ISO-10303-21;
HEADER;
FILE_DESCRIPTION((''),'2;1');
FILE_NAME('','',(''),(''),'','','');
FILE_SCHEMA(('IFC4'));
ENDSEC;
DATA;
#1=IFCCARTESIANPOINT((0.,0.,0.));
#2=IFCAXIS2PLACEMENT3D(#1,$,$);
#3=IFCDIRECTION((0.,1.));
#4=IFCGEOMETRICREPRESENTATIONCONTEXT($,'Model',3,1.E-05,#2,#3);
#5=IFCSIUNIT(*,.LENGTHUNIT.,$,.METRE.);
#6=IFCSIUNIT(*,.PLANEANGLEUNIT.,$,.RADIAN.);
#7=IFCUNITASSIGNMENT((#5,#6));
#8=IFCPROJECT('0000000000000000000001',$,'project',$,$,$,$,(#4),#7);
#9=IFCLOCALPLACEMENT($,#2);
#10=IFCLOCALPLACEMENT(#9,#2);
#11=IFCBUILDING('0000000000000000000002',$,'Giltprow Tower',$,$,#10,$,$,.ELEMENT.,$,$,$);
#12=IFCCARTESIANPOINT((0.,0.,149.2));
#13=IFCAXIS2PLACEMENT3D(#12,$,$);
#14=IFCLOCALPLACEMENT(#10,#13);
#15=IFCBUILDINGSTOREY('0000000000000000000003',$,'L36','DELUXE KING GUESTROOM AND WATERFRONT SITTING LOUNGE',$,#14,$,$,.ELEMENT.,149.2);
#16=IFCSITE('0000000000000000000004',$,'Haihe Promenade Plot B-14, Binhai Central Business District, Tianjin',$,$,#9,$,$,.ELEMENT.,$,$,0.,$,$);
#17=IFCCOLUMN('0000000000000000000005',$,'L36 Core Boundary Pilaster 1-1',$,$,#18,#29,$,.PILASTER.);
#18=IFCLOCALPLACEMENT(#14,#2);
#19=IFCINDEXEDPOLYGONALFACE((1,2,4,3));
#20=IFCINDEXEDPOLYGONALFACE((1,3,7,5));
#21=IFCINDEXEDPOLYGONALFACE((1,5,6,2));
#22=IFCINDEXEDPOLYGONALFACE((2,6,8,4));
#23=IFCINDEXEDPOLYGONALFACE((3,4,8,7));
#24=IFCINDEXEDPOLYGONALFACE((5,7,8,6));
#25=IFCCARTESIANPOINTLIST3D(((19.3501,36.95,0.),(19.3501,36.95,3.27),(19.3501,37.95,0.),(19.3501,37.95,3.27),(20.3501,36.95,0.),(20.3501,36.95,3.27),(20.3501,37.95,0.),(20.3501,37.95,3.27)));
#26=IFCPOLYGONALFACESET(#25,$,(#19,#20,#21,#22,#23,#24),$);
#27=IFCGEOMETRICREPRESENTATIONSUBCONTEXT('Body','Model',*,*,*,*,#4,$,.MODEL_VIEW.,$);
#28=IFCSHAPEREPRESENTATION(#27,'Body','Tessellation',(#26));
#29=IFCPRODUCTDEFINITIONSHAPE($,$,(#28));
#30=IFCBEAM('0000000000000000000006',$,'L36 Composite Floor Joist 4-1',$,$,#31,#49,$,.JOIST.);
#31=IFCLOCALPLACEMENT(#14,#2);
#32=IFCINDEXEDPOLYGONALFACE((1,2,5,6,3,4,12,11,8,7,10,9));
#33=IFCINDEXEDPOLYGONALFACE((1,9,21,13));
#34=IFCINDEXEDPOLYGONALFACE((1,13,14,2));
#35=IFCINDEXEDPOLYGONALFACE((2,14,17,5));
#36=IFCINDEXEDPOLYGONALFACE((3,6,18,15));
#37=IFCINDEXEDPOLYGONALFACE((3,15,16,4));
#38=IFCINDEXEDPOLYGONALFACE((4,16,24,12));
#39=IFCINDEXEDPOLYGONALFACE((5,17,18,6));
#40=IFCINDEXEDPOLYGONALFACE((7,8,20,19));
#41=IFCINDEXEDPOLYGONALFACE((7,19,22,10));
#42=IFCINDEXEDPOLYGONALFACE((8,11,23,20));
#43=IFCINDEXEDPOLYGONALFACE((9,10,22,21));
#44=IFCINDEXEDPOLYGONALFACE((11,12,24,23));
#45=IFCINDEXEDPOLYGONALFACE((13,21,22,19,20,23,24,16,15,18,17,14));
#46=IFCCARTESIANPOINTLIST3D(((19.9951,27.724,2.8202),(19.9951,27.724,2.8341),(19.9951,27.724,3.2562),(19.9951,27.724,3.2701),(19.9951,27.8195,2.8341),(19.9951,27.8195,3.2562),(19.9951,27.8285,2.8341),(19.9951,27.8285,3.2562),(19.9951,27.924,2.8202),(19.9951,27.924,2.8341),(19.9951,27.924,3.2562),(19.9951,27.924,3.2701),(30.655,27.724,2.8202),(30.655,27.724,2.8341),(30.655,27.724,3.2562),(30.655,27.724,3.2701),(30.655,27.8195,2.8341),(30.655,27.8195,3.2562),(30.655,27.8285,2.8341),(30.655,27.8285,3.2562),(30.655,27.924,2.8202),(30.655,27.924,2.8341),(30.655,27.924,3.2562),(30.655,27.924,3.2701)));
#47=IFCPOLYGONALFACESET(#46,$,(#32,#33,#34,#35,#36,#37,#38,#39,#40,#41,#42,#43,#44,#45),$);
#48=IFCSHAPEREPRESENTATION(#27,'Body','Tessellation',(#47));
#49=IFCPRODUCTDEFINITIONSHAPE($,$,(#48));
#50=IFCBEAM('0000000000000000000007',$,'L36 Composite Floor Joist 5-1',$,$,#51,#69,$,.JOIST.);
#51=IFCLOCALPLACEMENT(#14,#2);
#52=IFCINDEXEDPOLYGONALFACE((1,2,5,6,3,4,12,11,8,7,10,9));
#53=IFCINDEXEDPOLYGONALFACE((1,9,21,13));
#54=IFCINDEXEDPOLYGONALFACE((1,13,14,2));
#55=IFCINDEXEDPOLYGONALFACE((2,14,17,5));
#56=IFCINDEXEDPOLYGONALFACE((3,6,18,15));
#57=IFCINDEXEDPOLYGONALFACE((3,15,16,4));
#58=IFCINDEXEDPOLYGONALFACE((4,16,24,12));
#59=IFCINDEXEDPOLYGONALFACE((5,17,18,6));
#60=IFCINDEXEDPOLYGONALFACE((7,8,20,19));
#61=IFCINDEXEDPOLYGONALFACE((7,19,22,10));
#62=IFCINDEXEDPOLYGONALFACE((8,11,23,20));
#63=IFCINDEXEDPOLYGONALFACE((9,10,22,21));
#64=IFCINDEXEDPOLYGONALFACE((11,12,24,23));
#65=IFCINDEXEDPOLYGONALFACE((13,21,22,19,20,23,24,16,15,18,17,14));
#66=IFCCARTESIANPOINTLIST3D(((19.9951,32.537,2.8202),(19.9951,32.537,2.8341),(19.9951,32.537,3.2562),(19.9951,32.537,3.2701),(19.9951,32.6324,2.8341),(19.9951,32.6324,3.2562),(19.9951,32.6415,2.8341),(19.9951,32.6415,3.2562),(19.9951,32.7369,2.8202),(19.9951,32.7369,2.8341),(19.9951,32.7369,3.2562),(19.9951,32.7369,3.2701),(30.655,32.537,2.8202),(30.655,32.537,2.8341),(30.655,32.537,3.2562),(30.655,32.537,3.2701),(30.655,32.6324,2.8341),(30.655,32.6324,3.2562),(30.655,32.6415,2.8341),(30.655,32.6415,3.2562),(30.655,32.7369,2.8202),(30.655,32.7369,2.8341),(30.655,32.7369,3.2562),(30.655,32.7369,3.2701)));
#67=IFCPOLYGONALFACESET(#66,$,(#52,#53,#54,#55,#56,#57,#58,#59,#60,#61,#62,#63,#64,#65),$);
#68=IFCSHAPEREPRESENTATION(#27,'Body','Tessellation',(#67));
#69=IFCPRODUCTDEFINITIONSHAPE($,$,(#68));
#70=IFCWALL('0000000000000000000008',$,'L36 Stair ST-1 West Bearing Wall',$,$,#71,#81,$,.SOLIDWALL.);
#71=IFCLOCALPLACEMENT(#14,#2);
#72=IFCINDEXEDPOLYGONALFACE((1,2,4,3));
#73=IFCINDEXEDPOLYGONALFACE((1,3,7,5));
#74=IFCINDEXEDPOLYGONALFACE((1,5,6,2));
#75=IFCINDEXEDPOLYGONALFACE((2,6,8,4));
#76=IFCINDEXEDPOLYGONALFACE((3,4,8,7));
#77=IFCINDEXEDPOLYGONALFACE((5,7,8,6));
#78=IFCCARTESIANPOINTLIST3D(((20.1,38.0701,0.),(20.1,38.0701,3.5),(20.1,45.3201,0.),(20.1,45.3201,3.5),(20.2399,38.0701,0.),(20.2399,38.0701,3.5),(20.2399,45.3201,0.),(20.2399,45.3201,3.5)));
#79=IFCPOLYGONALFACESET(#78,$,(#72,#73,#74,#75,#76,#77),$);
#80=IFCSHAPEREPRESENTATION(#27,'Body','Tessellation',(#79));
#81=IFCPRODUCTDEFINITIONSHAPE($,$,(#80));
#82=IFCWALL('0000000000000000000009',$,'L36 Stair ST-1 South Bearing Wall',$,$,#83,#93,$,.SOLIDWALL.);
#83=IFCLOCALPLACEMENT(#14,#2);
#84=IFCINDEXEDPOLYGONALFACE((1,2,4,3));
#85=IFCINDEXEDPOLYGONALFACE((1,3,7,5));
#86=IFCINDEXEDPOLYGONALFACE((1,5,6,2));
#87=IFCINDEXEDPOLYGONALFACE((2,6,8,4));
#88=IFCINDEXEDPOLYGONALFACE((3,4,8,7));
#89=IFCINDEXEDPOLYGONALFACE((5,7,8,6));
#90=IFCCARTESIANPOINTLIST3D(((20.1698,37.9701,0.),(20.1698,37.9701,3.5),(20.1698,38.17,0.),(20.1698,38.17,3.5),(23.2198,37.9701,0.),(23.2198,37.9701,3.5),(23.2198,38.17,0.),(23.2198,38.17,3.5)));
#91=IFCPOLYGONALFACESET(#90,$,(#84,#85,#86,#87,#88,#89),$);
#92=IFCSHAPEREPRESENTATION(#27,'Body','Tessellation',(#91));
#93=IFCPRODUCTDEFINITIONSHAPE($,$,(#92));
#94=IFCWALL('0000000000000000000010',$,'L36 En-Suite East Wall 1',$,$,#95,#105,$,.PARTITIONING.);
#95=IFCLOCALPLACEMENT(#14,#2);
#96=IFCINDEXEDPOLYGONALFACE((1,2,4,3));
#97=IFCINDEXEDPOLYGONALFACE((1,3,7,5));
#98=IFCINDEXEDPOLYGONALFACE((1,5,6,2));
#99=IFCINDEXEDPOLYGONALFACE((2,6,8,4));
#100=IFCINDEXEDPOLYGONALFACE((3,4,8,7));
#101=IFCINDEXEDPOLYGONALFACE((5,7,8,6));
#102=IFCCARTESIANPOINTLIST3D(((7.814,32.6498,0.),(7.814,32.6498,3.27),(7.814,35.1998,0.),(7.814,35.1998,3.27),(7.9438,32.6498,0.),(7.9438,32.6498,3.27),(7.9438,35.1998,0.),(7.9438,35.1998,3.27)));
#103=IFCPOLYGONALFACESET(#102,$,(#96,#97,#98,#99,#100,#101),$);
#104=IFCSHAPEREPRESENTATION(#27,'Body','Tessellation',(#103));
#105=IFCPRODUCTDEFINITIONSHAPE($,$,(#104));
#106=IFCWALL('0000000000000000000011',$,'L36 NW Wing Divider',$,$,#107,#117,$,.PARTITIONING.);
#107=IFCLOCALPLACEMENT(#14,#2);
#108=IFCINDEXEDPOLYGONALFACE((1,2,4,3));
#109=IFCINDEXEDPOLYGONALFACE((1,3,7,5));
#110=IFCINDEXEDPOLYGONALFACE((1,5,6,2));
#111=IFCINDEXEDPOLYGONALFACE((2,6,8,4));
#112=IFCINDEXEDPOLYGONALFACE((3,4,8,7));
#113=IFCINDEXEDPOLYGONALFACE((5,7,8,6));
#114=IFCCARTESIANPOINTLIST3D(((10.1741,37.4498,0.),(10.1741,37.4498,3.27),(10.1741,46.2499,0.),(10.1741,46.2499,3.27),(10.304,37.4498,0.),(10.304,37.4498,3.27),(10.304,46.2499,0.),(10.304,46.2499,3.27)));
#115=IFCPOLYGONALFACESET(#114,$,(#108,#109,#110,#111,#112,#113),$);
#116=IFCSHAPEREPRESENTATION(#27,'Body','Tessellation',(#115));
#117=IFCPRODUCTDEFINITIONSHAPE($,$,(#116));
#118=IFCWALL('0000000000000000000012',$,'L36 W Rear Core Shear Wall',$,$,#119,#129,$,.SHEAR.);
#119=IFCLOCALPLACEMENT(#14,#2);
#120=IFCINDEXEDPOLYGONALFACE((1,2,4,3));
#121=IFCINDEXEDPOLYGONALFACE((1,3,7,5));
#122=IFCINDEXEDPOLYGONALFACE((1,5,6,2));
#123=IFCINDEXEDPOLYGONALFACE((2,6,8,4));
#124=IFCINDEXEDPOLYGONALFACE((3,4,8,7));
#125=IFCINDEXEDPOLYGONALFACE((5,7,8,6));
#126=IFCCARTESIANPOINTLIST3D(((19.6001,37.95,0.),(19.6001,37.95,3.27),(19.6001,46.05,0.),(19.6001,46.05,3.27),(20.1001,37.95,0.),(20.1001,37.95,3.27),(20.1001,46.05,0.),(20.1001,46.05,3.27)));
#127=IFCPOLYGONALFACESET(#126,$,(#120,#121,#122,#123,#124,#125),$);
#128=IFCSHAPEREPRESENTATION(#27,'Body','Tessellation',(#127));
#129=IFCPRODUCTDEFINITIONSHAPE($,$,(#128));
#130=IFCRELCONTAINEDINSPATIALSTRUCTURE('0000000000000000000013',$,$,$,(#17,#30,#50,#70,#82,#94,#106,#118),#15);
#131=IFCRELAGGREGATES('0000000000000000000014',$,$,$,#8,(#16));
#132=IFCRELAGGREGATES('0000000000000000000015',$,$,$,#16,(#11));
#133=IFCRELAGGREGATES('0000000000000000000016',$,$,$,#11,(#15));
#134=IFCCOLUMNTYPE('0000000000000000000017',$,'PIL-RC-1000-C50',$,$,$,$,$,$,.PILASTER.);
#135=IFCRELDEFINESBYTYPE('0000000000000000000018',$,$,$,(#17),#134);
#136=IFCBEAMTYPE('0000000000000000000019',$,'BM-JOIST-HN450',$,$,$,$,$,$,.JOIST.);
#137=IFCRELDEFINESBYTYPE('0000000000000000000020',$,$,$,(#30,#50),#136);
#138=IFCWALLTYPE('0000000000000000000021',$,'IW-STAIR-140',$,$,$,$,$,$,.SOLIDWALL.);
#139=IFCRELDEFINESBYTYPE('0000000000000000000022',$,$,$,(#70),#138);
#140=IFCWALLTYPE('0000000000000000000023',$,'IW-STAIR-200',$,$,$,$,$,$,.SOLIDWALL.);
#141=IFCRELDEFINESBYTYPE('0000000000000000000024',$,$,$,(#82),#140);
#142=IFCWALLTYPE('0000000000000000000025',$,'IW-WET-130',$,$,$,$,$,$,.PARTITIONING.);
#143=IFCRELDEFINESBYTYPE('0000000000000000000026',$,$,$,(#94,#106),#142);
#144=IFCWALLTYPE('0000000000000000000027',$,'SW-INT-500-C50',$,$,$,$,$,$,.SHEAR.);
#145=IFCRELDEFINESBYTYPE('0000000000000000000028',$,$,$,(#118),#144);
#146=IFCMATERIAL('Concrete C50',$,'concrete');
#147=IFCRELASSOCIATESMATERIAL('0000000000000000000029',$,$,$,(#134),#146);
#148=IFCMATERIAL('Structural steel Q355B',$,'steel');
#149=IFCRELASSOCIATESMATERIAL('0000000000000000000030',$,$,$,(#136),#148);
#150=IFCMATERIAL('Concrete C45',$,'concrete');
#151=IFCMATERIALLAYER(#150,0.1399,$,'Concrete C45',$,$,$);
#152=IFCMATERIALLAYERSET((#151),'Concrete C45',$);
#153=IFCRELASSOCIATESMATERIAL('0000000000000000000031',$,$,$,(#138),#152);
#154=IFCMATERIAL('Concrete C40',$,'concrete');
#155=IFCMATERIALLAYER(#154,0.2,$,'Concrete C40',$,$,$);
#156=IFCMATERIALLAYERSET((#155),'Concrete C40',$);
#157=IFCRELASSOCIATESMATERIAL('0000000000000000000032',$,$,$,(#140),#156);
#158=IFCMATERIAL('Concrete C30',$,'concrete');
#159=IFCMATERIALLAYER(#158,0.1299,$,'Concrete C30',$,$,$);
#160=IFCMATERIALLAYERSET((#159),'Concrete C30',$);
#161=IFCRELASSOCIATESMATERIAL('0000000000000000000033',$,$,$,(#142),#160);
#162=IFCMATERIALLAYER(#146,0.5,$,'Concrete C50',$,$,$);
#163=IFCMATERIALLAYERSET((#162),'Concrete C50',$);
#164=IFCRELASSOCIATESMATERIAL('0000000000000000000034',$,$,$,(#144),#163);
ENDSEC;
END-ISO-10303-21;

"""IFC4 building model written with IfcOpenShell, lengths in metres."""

from ifc_helpers import new_model, si_unit, direction, frame, frame_2d, origin, origin_2d, place, context, subcontext, project, spatial, rectangle, i_section, extrude, source, transform, mapped, material, layer, layer_set, material_profile, profile_set, type_object, element, save


model = new_model("IFC4")

# Units and contexts
model_context = context("Model", 3, precision=1e-05, world=origin(), true_north=direction((0.0, 1.0)))
body_context = subcontext(model_context, "Body", "Model", "MODEL_VIEW")
ifc_project = project(units=[si_unit("LENGTHUNIT", "METRE"), si_unit("PLANEANGLEUNIT", "RADIAN")], contexts=[model_context])

# Site, building, storey
site_placement = place(None, origin())
site = spatial("IfcSite", under=ifc_project, at=site_placement, Name="Haihe Promenade Plot B-14, Binhai Central Business District, Tianjin", CompositionType="ELEMENT", RefElevation=0.0)
building_placement = place(site_placement, origin())
building = spatial("IfcBuilding", under=site, at=building_placement, Name="Giltprow Tower", CompositionType="ELEMENT")
storey_placement = place(building_placement, frame((0.0, 0.0, 149.2)))
storey = spatial("IfcBuildingStorey", under=building, at=storey_placement, Name="L36", Description="DELUXE KING GUESTROOM AND WATERFRONT SITTING LOUNGE", CompositionType="ELEMENT", Elevation=149.2)

# Column
ifc_material_1 = material(Name="Concrete C50", Category="concrete")
ifc_material_profile_1 = material_profile(ifc_material_1, rectangle(XDim=1.0, YDim=1.0, at=origin_2d()), Name="RC 1000x1000")
ifc_profile_set_1 = profile_set([ifc_material_profile_1], Name="Concrete C50")
column_type = type_object("IfcColumnType", Name="PIL-RC-1000-C50", PredefinedType="PILASTER", material=ifc_profile_set_1)
shared_shape_1 = source(origin(), body_context, "Body", "SweptSolid", [
    extrude(rectangle(XDim=1.0, YDim=1.0, at=origin_2d()), origin(), (0.0, 0.0, 1.0), 3.27),
])
column_placement = place(storey_placement, frame((19.8501, 37.45, 0.0), z_axis=(0.0, 0.0, 1.0), x_axis=(1.0, 0.0, 0.0)))
element("IfcColumn", 1, at=column_placement, inside=storey, type_object=column_type, Name="L36 Core Boundary Pilaster 1-1", PredefinedType="PILASTER", context=body_context, shape_type="MappedRepresentation", body=[
    mapped(shared_shape_1, transform((0.0, 0.0, 0.0), x_axis=(1.0, 0.0, 0.0), y_axis=(0.0, 1.0, 0.0), z_axis=(0.0, 0.0, 1.0), scale=1.0)),
])

# Beams
ifc_material_2 = material(Name="Structural steel Q355B", Category="steel")
ifc_material_profile_2 = material_profile(ifc_material_2, i_section(OverallWidth=0.2, OverallDepth=0.45, WebThickness=0.009, FlangeThickness=0.0139, at=origin_2d()), Name="HN 450x200x9x14")
ifc_profile_set_2 = profile_set([ifc_material_profile_2], Name="Structural steel Q355B")
beam_type = type_object("IfcBeamType", Name="BM-JOIST-HN450", PredefinedType="JOIST", material=ifc_profile_set_2)
shared_shape_2 = source(origin(), body_context, "Body", "SweptSolid", [
    extrude(i_section(OverallWidth=0.2, OverallDepth=0.45, WebThickness=0.009, FlangeThickness=0.0139, at=origin_2d()), origin(), (0.0, 0.0, 1.0), 10.6599),
])
for number, where, z_axis, x_axis, name in (
    (2, (19.9951, 27.824, 3.0452), (1.0, 0.0, 0.0), (0.0, 1.0, 0.0), "L36 Composite Floor Joist 4-1"),
    (3, (19.9951, 32.637, 3.0452), (1.0, 0.0, 0.0), (0.0, 1.0, 0.0), "L36 Composite Floor Joist 5-1"),
):
    element("IfcBeam", number, at=place(storey_placement, frame(where, z_axis=z_axis, x_axis=x_axis)), inside=storey, type_object=beam_type, Name=name, PredefinedType="JOIST", context=body_context, shape_type="MappedRepresentation", body=[
        mapped(shared_shape_2, transform((0.0, 0.0, 0.0), x_axis=(1.0, 0.0, 0.0), y_axis=(0.0, 1.0, 0.0), z_axis=(0.0, 0.0, 1.0), scale=1.0)),
    ])

# Walls
ifc_material_3 = material(Name="Concrete C45", Category="concrete")
ifc_layer_1 = layer(ifc_material_3, 0.1399, Name="Concrete C45")
ifc_layer_set_1 = layer_set([ifc_layer_1], Name="Concrete C45")
wall_type_1 = type_object("IfcWallType", Name="IW-STAIR-140", PredefinedType="SOLIDWALL", material=ifc_layer_set_1)
wall_1_placement = place(storey_placement, frame((20.1699, 38.0701, 0.0), z_axis=(0.0, 0.0, 1.0), x_axis=(0.0, 1.0, 0.0)))
element("IfcWall", 4, at=wall_1_placement, inside=storey, type_object=wall_type_1, Name="L36 Stair ST-1 West Bearing Wall", PredefinedType="SOLIDWALL", context=body_context, shape_type="SweptSolid", body=[
    extrude(rectangle(XDim=7.25, YDim=0.1399, at=frame_2d((3.625, 0.0))), origin(), (0.0, 0.0, 1.0), 3.5),
])
ifc_material_4 = material(Name="Concrete C40", Category="concrete")
ifc_layer_2 = layer(ifc_material_4, 0.2, Name="Concrete C40")
ifc_layer_set_2 = layer_set([ifc_layer_2], Name="Concrete C40")
wall_type_2 = type_object("IfcWallType", Name="IW-STAIR-200", PredefinedType="SOLIDWALL", material=ifc_layer_set_2)
wall_2_placement = place(storey_placement, frame((20.1699, 38.0701, 0.0), z_axis=(0.0, 0.0, 1.0), x_axis=(1.0, 0.0, 0.0)))
element("IfcWall", 5, at=wall_2_placement, inside=storey, type_object=wall_type_2, Name="L36 Stair ST-1 South Bearing Wall", PredefinedType="SOLIDWALL", context=body_context, shape_type="SweptSolid", body=[
    extrude(rectangle(XDim=3.05, YDim=0.2, at=frame_2d((1.5249, 0.0))), origin(), (0.0, 0.0, 1.0), 3.5),
])
ifc_material_5 = material(Name="Concrete C30", Category="concrete")
ifc_layer_3 = layer(ifc_material_5, 0.1299, Name="Concrete C30")
ifc_layer_set_3 = layer_set([ifc_layer_3], Name="Concrete C30")
wall_type_3 = type_object("IfcWallType", Name="IW-WET-130", PredefinedType="PARTITIONING", material=ifc_layer_set_3)
wall_3_placement = place(storey_placement, frame((7.8789, 32.6499, 0.0), z_axis=(0.0, 0.0, 1.0), x_axis=(0.0, 1.0, 0.0)))
element("IfcWall", 6, at=wall_3_placement, inside=storey, type_object=wall_type_3, Name="L36 En-Suite East Wall 1", PredefinedType="PARTITIONING", context=body_context, shape_type="SweptSolid", body=[
    extrude(rectangle(XDim=2.55, YDim=0.1299, at=frame_2d((1.2749, 0.0))), origin(), (0.0, 0.0, 1.0), 3.27),
])
wall_4_placement = place(storey_placement, frame((10.239, 37.45, 0.0), z_axis=(0.0, 0.0, 1.0), x_axis=(0.0, 1.0, 0.0)))
element("IfcWall", 7, at=wall_4_placement, inside=storey, type_object=wall_type_3, Name="L36 NW Wing Divider", PredefinedType="PARTITIONING", context=body_context, shape_type="SweptSolid", body=[
    extrude(rectangle(XDim=8.8, YDim=0.1299, at=frame_2d((4.3999, 0.0))), origin(), (0.0, 0.0, 1.0), 3.27),
])

# Shared definitions
ifc_layer_4 = layer(ifc_material_1, 0.5, Name="Concrete C50")
ifc_layer_set_4 = layer_set([ifc_layer_4], Name="Concrete C50")
wall_type_4 = type_object("IfcWallType", Name="SW-INT-500-C50", PredefinedType="SHEAR", material=ifc_layer_set_4)

# Wall
wall_5_placement = place(storey_placement, frame((19.8501, 37.95, 0.0), z_axis=(0.0, 0.0, 1.0), x_axis=(0.0, 1.0, 0.0)))
element("IfcWall", 8, at=wall_5_placement, inside=storey, type_object=wall_type_4, Name="L36 W Rear Core Shear Wall", PredefinedType="SHEAR", context=body_context, shape_type="SweptSolid", body=[
    extrude(rectangle(XDim=8.1001, YDim=0.5, at=frame_2d((4.05, 0.0))), origin(), (0.0, 0.0, 1.0), 3.27),
])

save(model, "model.ifc")
